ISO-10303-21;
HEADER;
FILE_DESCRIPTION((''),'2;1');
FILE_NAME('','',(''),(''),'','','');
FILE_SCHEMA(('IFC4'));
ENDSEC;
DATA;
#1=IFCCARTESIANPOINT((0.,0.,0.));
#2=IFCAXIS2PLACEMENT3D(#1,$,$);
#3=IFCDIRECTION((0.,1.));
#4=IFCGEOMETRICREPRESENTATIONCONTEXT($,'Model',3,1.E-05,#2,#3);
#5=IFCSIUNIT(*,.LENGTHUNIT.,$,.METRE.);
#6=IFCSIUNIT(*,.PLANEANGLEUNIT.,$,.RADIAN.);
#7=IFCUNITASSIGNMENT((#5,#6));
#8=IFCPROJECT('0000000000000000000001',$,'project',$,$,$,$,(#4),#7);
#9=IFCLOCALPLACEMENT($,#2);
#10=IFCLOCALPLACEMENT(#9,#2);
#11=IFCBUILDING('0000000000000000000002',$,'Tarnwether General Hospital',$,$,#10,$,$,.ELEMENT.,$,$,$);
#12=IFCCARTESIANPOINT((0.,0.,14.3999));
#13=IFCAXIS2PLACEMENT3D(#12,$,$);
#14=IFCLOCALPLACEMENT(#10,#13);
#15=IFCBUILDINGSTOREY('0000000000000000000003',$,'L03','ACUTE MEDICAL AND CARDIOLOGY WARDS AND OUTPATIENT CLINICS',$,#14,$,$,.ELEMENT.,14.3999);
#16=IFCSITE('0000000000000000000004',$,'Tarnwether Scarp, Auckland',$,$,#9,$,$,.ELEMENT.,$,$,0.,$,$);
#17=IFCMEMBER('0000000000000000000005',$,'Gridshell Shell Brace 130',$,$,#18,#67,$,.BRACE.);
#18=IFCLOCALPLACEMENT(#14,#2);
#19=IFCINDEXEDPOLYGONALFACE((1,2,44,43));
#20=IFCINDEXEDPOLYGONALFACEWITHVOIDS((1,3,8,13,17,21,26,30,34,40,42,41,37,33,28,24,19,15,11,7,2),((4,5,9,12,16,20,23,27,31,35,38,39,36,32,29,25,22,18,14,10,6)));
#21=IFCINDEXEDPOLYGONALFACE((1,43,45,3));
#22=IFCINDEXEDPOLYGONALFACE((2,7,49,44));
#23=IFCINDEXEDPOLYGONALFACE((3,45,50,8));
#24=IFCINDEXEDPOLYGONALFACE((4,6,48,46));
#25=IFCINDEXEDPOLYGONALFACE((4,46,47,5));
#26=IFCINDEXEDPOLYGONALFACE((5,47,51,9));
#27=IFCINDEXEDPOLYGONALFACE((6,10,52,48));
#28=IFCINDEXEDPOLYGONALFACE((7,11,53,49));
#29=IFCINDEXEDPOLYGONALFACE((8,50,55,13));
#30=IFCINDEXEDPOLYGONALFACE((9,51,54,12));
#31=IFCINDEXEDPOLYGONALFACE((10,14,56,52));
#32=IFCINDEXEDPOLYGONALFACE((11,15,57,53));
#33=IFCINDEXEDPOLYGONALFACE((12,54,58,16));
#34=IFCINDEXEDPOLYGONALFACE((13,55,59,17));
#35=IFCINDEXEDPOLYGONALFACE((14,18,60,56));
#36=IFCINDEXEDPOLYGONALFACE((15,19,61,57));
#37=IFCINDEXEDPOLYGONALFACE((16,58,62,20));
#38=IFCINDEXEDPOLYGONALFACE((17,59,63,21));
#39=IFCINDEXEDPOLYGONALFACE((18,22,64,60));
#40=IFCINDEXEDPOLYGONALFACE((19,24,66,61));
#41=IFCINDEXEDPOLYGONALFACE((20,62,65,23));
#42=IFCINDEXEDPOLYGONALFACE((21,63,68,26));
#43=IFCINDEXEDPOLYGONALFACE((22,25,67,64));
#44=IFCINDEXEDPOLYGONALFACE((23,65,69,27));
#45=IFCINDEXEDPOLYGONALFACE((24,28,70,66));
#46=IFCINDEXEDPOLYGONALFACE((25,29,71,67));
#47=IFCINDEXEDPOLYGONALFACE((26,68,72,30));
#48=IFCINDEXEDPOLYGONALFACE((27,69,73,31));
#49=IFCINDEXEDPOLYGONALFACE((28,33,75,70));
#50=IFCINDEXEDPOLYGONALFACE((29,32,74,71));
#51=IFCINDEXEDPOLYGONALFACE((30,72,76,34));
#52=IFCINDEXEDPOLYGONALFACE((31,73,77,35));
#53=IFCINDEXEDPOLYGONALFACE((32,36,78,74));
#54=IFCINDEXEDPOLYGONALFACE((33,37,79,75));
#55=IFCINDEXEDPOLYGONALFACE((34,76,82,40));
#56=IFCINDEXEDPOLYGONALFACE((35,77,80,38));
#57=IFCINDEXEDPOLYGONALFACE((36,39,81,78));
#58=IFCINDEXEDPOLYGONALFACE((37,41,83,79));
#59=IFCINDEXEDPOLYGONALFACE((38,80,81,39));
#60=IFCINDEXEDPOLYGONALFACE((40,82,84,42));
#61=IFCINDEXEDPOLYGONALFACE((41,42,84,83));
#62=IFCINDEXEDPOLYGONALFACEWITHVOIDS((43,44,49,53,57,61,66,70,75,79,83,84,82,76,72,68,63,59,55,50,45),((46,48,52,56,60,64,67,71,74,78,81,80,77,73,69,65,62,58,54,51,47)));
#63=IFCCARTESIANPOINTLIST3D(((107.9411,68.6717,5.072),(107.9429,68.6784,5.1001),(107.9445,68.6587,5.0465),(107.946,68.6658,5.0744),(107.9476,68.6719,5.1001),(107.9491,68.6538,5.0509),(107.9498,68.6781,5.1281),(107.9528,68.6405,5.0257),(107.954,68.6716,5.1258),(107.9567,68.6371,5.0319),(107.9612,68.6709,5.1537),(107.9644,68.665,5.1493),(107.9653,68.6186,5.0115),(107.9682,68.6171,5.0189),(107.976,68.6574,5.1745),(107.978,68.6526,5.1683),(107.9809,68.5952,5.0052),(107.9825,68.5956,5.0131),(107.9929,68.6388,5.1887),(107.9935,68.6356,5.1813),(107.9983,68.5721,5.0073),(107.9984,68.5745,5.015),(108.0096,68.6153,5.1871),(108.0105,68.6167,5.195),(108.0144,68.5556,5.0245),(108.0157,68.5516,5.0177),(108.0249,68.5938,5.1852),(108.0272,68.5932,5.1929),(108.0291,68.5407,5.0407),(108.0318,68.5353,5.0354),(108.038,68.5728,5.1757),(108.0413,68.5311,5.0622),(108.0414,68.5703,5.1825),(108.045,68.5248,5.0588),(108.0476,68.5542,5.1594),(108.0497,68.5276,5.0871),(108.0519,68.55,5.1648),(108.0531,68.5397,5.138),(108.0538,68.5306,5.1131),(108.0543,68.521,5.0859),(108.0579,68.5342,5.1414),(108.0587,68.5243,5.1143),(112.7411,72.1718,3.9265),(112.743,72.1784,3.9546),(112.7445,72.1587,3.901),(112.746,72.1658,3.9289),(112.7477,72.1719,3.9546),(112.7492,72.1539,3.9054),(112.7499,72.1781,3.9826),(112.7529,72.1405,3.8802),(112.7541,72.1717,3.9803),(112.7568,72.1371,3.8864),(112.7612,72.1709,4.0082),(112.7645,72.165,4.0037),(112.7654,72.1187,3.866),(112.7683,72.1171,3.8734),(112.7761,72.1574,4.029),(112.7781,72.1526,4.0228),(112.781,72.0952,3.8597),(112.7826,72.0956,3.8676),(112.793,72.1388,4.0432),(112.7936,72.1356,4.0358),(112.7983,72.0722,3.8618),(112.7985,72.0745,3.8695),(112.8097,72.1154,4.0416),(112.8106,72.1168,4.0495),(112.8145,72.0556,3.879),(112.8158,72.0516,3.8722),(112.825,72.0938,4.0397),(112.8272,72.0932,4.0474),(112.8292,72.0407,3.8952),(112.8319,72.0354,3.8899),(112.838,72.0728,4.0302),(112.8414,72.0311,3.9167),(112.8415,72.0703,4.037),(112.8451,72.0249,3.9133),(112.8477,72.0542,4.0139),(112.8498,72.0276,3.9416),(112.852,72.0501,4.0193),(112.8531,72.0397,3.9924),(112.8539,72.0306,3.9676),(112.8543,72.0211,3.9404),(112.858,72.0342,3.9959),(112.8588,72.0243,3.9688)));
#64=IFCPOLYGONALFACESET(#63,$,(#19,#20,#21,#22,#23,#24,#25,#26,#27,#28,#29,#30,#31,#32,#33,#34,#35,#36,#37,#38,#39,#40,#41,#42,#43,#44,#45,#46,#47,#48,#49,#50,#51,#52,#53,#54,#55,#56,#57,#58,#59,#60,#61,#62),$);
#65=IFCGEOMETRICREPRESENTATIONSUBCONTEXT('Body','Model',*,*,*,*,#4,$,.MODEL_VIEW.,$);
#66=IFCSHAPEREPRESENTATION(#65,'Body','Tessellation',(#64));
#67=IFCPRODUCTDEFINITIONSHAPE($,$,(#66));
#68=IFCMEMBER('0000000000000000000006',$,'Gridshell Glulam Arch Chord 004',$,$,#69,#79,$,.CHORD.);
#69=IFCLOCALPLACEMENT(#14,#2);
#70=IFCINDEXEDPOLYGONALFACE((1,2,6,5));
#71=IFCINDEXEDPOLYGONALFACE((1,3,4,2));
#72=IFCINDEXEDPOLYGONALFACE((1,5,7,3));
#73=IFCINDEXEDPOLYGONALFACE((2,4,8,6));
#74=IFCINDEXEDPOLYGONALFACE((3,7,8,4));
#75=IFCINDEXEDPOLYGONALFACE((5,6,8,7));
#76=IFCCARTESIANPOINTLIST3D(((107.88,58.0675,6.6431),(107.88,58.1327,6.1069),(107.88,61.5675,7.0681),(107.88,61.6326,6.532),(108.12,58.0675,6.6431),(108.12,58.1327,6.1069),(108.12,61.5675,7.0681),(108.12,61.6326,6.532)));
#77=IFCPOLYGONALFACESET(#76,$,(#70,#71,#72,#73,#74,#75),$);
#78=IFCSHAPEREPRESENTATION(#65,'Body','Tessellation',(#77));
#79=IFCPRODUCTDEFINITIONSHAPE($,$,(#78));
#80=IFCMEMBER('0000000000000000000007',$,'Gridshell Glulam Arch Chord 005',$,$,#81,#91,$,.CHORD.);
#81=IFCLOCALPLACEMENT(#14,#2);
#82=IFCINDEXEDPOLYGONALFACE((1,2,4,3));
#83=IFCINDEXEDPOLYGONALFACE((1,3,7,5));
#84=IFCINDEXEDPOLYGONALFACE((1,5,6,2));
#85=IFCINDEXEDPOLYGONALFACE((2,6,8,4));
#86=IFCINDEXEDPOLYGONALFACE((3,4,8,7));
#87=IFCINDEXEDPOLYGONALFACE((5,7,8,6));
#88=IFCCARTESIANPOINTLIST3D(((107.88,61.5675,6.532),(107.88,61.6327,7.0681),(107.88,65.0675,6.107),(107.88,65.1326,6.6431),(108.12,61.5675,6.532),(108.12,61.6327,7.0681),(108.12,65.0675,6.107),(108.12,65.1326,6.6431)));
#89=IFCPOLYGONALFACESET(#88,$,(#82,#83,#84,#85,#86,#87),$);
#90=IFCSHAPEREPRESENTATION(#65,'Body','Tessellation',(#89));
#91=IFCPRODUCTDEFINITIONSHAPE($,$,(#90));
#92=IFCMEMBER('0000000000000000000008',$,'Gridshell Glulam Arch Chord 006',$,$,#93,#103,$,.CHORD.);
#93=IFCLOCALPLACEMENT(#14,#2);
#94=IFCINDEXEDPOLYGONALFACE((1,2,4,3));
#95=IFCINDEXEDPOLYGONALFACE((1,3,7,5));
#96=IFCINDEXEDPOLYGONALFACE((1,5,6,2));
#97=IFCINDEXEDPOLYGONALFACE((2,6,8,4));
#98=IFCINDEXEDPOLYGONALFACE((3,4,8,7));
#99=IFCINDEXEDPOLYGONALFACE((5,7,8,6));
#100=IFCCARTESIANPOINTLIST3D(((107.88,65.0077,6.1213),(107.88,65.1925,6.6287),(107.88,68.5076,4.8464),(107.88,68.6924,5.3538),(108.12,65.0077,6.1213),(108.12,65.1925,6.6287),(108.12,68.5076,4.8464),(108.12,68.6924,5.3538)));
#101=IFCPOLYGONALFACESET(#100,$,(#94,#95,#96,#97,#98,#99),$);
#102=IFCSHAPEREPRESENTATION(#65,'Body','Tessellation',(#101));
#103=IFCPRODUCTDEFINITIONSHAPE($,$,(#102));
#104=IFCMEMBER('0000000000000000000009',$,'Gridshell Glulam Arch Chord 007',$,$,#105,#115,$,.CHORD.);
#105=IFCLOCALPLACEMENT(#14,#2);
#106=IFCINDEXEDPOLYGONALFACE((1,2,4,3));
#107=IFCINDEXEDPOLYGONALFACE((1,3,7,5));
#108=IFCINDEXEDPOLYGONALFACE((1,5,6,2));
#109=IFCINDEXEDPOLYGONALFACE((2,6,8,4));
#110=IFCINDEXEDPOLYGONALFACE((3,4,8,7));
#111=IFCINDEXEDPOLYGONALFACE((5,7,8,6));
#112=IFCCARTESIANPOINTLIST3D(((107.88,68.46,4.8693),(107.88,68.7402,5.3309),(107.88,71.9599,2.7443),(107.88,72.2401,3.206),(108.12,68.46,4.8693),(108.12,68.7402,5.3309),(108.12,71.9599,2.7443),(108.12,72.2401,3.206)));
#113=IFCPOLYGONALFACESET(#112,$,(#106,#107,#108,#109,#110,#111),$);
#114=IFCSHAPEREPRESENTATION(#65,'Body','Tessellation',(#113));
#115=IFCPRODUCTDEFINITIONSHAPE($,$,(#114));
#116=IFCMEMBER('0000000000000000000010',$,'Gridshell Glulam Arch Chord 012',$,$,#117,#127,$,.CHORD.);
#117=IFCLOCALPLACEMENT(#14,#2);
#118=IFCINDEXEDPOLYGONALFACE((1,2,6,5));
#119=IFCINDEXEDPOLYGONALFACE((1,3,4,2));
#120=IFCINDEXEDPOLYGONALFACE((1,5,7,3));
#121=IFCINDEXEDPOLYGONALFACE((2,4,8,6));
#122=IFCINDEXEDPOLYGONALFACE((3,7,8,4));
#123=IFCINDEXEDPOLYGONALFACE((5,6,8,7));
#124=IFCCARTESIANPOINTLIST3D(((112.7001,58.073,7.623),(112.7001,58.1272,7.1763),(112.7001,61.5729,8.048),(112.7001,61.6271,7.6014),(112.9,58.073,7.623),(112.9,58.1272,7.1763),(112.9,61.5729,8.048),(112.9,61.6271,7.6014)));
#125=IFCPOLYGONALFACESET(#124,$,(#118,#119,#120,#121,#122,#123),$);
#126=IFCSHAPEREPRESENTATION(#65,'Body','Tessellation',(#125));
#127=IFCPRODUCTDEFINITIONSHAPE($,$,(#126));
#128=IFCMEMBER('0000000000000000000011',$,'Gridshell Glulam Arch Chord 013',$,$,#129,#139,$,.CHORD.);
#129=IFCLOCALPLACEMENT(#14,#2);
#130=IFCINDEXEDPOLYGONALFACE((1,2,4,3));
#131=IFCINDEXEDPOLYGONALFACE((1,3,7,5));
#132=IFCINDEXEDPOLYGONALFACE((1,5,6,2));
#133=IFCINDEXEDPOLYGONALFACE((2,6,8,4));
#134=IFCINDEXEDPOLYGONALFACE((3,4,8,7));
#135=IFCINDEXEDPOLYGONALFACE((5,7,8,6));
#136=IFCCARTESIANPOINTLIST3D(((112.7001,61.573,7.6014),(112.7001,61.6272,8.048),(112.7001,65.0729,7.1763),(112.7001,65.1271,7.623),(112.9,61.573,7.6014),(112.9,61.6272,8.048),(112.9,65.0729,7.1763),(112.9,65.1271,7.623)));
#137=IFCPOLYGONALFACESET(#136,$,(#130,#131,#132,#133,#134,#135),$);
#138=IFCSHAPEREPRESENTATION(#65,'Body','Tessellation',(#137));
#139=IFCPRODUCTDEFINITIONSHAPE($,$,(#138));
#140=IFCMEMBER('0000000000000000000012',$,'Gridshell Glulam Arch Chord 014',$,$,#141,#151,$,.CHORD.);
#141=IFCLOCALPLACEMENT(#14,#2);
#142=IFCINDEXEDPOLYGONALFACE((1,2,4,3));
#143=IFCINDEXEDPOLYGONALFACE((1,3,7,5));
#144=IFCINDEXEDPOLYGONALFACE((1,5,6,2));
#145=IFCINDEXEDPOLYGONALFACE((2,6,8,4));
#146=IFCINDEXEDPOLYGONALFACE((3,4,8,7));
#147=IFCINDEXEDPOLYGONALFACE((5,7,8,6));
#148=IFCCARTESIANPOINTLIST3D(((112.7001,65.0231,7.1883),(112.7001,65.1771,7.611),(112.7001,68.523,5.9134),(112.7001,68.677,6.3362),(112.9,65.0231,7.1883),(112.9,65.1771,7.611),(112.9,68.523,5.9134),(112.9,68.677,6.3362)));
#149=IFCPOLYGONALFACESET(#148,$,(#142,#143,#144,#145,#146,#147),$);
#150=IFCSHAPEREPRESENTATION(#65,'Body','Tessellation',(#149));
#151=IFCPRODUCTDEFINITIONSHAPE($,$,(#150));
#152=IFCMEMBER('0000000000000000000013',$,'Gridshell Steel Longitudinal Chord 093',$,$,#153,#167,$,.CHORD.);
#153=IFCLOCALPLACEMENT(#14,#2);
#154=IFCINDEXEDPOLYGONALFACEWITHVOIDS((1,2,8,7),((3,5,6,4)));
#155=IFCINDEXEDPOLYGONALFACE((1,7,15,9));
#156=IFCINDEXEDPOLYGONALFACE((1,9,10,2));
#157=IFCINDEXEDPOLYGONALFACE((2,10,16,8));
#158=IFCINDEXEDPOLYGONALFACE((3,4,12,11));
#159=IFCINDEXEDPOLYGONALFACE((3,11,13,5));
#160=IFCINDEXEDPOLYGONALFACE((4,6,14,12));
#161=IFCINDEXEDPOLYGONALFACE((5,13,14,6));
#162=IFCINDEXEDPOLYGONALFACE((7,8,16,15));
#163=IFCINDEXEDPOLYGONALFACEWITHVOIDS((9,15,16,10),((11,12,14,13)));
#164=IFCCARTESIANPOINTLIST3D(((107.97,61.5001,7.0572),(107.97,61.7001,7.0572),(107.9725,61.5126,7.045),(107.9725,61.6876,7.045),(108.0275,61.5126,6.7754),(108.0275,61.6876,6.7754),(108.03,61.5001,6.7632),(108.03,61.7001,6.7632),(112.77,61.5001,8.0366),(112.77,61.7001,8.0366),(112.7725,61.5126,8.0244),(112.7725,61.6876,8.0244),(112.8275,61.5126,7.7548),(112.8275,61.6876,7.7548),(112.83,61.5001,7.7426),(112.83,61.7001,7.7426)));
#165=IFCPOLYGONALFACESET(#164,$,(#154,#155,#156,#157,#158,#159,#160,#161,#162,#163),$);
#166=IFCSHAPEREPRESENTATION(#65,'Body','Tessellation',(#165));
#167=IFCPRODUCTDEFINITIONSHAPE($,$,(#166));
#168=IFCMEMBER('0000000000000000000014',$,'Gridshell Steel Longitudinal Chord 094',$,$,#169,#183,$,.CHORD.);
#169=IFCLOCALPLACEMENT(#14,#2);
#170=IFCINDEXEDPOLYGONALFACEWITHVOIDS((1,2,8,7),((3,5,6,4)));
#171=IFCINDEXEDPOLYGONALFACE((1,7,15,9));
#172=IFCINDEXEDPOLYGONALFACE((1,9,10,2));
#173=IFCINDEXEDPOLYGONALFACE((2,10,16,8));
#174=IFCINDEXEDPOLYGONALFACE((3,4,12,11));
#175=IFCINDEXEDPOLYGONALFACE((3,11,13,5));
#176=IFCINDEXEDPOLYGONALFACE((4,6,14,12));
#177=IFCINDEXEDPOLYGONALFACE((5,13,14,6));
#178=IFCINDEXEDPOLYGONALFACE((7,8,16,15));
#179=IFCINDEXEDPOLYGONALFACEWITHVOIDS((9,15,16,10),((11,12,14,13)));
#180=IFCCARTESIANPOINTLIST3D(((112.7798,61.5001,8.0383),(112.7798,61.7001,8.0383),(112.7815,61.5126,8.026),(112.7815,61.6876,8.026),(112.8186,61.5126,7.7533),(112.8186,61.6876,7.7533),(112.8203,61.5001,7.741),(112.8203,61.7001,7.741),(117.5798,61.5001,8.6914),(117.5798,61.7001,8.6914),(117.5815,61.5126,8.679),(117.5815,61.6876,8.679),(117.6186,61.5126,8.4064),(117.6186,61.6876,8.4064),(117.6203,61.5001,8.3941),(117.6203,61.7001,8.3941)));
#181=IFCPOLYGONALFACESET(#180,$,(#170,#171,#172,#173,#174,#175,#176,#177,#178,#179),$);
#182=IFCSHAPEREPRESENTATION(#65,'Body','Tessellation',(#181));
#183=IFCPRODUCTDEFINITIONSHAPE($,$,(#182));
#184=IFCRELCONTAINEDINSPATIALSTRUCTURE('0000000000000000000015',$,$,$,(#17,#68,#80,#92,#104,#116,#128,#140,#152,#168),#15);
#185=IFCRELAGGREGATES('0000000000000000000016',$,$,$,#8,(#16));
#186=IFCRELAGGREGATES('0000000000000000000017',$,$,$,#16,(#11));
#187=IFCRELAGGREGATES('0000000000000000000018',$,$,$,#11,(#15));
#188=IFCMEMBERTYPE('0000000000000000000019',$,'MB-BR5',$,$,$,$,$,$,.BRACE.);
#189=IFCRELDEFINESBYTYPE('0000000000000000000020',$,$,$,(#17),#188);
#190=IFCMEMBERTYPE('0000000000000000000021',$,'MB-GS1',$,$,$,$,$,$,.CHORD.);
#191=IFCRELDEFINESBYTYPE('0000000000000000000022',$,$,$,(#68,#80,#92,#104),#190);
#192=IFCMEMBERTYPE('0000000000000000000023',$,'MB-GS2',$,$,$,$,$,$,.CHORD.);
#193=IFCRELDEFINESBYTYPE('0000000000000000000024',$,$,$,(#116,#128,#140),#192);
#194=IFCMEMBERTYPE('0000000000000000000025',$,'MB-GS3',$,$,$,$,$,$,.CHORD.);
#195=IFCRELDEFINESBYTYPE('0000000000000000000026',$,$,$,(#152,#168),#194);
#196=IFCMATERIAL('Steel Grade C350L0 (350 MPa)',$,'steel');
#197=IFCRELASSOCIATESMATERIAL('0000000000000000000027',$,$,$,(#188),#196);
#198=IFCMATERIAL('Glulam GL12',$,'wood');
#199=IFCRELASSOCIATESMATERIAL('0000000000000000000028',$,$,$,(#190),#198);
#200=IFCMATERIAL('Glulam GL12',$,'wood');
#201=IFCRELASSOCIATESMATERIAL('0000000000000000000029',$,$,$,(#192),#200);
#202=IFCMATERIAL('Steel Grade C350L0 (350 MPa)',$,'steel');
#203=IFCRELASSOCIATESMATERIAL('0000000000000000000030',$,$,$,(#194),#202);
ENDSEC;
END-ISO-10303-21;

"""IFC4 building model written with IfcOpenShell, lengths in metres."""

from ifc_helpers import new_model, si_unit, direction, frame, origin, origin_2d, place, context, subcontext, project, spatial, rectangle, hollow_rectangle, hollow_circle, extrude, material, material_profile, profile_set, type_object, element, save


model = new_model("IFC4")

# Units and contexts
model_context = context("Model", 3, precision=1e-05, world=origin(), true_north=direction((0.0, 1.0)))
body_context = subcontext(model_context, "Body", "Model", "MODEL_VIEW")
ifc_project = project(units=[si_unit("LENGTHUNIT", "METRE"), si_unit("PLANEANGLEUNIT", "RADIAN")], contexts=[model_context])

# Site, building, storey
site_placement = place(None, origin())
site = spatial("IfcSite", under=ifc_project, at=site_placement, Name="Tarnwether Scarp, Auckland", CompositionType="ELEMENT", RefElevation=0.0)
building_placement = place(site_placement, origin())
building = spatial("IfcBuilding", under=site, at=building_placement, Name="Tarnwether General Hospital", CompositionType="ELEMENT")
storey_placement = place(building_placement, frame((0.0, 0.0, 14.3999)))
storey = spatial("IfcBuildingStorey", under=building, at=storey_placement, Name="L03", Description="ACUTE MEDICAL AND CARDIOLOGY WARDS AND OUTPATIENT CLINICS", CompositionType="ELEMENT", Elevation=14.3999)

# Members
ifc_material_1 = material(Name="Steel Grade C350L0 (350 MPa)", Category="steel")
ifc_material_profile_1 = material_profile(ifc_material_1, hollow_circle(Radius=0.0969, WallThickness=0.0081, at=origin_2d()), Name="CHS193.7x8.0")
ifc_profile_set_1 = profile_set([ifc_material_profile_1], Name="Steel Grade C350L0 (350 MPa)")
member_type_1 = type_object("IfcMemberType", Name="MB-BR5", PredefinedType="BRACE", material=ifc_profile_set_1)
member_1_placement = place(storey_placement, frame((108.0, 68.6001, 5.1001), z_axis=(0.793395, 0.578511, -0.18934), x_axis=(-0.589168, 0.80801, 0.0)))
element("IfcMember", 1, at=member_1_placement, inside=storey, type_object=member_type_1, Name="Gridshell Shell Brace 130", PredefinedType="BRACE", context=body_context, shape_type="SweptSolid", body=[
    extrude(hollow_circle(Radius=0.0969, WallThickness=0.0081, at=origin_2d()), origin(), (0.0, 0.0, 1.0), 6.05),
])
ifc_material_2 = material(Name="Glulam GL12", Category="wood")
ifc_material_profile_2 = material_profile(ifc_material_2, rectangle(XDim=0.24, YDim=0.54, at=origin_2d()), Name="GL12-240x540")
ifc_profile_set_2 = profile_set([ifc_material_profile_2], Name="Glulam GL12")
member_type_2 = type_object("IfcMemberType", Name="MB-GS1", PredefinedType="CHORD", material=ifc_profile_set_2)
for number, where, z_axis, x_axis, name in (
    (2, (108.0, 58.1001, 6.375), (0.0, 0.992706, 0.120557), (-1.0, 0.0, 0.0), "Gridshell Glulam Arch Chord 004"),
    (3, (108.0, 61.6001, 6.8), (0.0, 0.992706, -0.120557), (-1.0, 0.0, 0.0), "Gridshell Glulam Arch Chord 005"),
):
    element("IfcMember", number, at=place(storey_placement, frame(where, z_axis=z_axis, x_axis=x_axis)), inside=storey, type_object=member_type_2, Name=name, PredefinedType="CHORD", context=body_context, shape_type="SweptSolid", body=[
        extrude(rectangle(XDim=0.24, YDim=0.54, at=origin_2d()), origin(), (0.0, 0.0, 1.0), 3.5256),
    ])
member_2_placement = place(storey_placement, frame((108.0, 65.1001, 6.375), z_axis=(0.0, 0.939606, -0.342259), x_axis=(-1.0, 0.0, 0.0)))
element("IfcMember", 4, at=member_2_placement, inside=storey, type_object=member_type_2, Name="Gridshell Glulam Arch Chord 006", PredefinedType="CHORD", context=body_context, shape_type="SweptSolid", body=[
    extrude(rectangle(XDim=0.24, YDim=0.54, at=origin_2d()), origin(), (0.0, 0.0, 1.0), 3.7249),
])
member_3_placement = place(storey_placement, frame((108.0, 68.6001, 5.1001), z_axis=(0.0, 0.854788, -0.518978), x_axis=(-1.0, 0.0, 0.0)))
element("IfcMember", 5, at=member_3_placement, inside=storey, type_object=member_type_2, Name="Gridshell Glulam Arch Chord 007", PredefinedType="CHORD", context=body_context, shape_type="SweptSolid", body=[
    extrude(rectangle(XDim=0.24, YDim=0.54, at=origin_2d()), origin(), (0.0, 0.0, 1.0), 4.0945),
])
ifc_material_3 = material(Name="Glulam GL12", Category="wood")
ifc_material_profile_3 = material_profile(ifc_material_3, rectangle(XDim=0.2, YDim=0.45, at=origin_2d()), Name="GL12-200x450")
ifc_profile_set_3 = profile_set([ifc_material_profile_3], Name="Glulam GL12")
member_type_3 = type_object("IfcMemberType", Name="MB-GS2", PredefinedType="CHORD", material=ifc_profile_set_3)
for number, where, z_axis, x_axis, name in (
    (6, (112.8, 58.1001, 7.3997), (0.0, 0.992706, 0.120557), (-1.0, 0.0, 0.0), "Gridshell Glulam Arch Chord 012"),
    (7, (112.8, 61.6001, 7.8247), (0.0, 0.992706, -0.120557), (-1.0, 0.0, 0.0), "Gridshell Glulam Arch Chord 013"),
):
    element("IfcMember", number, at=place(storey_placement, frame(where, z_axis=z_axis, x_axis=x_axis)), inside=storey, type_object=member_type_3, Name=name, PredefinedType="CHORD", context=body_context, shape_type="SweptSolid", body=[
        extrude(rectangle(XDim=0.2, YDim=0.45, at=origin_2d()), origin(), (0.0, 0.0, 1.0), 3.5256),
    ])
member_4_placement = place(storey_placement, frame((112.8, 65.1001, 7.3997), z_axis=(0.0, 0.939606, -0.342259), x_axis=(-1.0, 0.0, 0.0)))
element("IfcMember", 8, at=member_4_placement, inside=storey, type_object=member_type_3, Name="Gridshell Glulam Arch Chord 014", PredefinedType="CHORD", context=body_context, shape_type="SweptSolid", body=[
    extrude(rectangle(XDim=0.2, YDim=0.45, at=origin_2d()), origin(), (0.0, 0.0, 1.0), 3.7249),
])
ifc_material_4 = material(Name="Steel Grade C350L0 (350 MPa)", Category="steel")
ifc_material_profile_4 = material_profile(ifc_material_4, hollow_rectangle(XDim=0.2, YDim=0.3, WallThickness=0.0125, at=origin_2d()), Name="RHS300x200x12.5")
ifc_profile_set_4 = profile_set([ifc_material_profile_4], Name="Steel Grade C350L0 (350 MPa)")
member_type_4 = type_object("IfcMemberType", Name="MB-GS3", PredefinedType="CHORD", material=ifc_profile_set_4)
member_5_placement = place(storey_placement, frame((108.0, 61.6001, 6.9102), z_axis=(0.979808, 0.0, 0.199939), x_axis=(0.0, 1.0, 0.0)))
element("IfcMember", 9, at=member_5_placement, inside=storey, type_object=member_type_4, Name="Gridshell Steel Longitudinal Chord 093", PredefinedType="CHORD", context=body_context, shape_type="SweptSolid", body=[
    extrude(hollow_rectangle(XDim=0.2, YDim=0.3, WallThickness=0.0125, at=origin_2d()), origin(), (0.0, 0.0, 1.0), 4.8989),
])
member_6_placement = place(storey_placement, frame((112.8, 61.6001, 7.8896), z_axis=(0.990871, 0.0, 0.134814), x_axis=(0.0, 1.0, 0.0)))
element("IfcMember", 10, at=member_6_placement, inside=storey, type_object=member_type_4, Name="Gridshell Steel Longitudinal Chord 094", PredefinedType="CHORD", context=body_context, shape_type="SweptSolid", body=[
    extrude(hollow_rectangle(XDim=0.2, YDim=0.3, WallThickness=0.0125, at=origin_2d()), origin(), (0.0, 0.0, 1.0), 4.8442),
])

save(model, "model.ifc")
